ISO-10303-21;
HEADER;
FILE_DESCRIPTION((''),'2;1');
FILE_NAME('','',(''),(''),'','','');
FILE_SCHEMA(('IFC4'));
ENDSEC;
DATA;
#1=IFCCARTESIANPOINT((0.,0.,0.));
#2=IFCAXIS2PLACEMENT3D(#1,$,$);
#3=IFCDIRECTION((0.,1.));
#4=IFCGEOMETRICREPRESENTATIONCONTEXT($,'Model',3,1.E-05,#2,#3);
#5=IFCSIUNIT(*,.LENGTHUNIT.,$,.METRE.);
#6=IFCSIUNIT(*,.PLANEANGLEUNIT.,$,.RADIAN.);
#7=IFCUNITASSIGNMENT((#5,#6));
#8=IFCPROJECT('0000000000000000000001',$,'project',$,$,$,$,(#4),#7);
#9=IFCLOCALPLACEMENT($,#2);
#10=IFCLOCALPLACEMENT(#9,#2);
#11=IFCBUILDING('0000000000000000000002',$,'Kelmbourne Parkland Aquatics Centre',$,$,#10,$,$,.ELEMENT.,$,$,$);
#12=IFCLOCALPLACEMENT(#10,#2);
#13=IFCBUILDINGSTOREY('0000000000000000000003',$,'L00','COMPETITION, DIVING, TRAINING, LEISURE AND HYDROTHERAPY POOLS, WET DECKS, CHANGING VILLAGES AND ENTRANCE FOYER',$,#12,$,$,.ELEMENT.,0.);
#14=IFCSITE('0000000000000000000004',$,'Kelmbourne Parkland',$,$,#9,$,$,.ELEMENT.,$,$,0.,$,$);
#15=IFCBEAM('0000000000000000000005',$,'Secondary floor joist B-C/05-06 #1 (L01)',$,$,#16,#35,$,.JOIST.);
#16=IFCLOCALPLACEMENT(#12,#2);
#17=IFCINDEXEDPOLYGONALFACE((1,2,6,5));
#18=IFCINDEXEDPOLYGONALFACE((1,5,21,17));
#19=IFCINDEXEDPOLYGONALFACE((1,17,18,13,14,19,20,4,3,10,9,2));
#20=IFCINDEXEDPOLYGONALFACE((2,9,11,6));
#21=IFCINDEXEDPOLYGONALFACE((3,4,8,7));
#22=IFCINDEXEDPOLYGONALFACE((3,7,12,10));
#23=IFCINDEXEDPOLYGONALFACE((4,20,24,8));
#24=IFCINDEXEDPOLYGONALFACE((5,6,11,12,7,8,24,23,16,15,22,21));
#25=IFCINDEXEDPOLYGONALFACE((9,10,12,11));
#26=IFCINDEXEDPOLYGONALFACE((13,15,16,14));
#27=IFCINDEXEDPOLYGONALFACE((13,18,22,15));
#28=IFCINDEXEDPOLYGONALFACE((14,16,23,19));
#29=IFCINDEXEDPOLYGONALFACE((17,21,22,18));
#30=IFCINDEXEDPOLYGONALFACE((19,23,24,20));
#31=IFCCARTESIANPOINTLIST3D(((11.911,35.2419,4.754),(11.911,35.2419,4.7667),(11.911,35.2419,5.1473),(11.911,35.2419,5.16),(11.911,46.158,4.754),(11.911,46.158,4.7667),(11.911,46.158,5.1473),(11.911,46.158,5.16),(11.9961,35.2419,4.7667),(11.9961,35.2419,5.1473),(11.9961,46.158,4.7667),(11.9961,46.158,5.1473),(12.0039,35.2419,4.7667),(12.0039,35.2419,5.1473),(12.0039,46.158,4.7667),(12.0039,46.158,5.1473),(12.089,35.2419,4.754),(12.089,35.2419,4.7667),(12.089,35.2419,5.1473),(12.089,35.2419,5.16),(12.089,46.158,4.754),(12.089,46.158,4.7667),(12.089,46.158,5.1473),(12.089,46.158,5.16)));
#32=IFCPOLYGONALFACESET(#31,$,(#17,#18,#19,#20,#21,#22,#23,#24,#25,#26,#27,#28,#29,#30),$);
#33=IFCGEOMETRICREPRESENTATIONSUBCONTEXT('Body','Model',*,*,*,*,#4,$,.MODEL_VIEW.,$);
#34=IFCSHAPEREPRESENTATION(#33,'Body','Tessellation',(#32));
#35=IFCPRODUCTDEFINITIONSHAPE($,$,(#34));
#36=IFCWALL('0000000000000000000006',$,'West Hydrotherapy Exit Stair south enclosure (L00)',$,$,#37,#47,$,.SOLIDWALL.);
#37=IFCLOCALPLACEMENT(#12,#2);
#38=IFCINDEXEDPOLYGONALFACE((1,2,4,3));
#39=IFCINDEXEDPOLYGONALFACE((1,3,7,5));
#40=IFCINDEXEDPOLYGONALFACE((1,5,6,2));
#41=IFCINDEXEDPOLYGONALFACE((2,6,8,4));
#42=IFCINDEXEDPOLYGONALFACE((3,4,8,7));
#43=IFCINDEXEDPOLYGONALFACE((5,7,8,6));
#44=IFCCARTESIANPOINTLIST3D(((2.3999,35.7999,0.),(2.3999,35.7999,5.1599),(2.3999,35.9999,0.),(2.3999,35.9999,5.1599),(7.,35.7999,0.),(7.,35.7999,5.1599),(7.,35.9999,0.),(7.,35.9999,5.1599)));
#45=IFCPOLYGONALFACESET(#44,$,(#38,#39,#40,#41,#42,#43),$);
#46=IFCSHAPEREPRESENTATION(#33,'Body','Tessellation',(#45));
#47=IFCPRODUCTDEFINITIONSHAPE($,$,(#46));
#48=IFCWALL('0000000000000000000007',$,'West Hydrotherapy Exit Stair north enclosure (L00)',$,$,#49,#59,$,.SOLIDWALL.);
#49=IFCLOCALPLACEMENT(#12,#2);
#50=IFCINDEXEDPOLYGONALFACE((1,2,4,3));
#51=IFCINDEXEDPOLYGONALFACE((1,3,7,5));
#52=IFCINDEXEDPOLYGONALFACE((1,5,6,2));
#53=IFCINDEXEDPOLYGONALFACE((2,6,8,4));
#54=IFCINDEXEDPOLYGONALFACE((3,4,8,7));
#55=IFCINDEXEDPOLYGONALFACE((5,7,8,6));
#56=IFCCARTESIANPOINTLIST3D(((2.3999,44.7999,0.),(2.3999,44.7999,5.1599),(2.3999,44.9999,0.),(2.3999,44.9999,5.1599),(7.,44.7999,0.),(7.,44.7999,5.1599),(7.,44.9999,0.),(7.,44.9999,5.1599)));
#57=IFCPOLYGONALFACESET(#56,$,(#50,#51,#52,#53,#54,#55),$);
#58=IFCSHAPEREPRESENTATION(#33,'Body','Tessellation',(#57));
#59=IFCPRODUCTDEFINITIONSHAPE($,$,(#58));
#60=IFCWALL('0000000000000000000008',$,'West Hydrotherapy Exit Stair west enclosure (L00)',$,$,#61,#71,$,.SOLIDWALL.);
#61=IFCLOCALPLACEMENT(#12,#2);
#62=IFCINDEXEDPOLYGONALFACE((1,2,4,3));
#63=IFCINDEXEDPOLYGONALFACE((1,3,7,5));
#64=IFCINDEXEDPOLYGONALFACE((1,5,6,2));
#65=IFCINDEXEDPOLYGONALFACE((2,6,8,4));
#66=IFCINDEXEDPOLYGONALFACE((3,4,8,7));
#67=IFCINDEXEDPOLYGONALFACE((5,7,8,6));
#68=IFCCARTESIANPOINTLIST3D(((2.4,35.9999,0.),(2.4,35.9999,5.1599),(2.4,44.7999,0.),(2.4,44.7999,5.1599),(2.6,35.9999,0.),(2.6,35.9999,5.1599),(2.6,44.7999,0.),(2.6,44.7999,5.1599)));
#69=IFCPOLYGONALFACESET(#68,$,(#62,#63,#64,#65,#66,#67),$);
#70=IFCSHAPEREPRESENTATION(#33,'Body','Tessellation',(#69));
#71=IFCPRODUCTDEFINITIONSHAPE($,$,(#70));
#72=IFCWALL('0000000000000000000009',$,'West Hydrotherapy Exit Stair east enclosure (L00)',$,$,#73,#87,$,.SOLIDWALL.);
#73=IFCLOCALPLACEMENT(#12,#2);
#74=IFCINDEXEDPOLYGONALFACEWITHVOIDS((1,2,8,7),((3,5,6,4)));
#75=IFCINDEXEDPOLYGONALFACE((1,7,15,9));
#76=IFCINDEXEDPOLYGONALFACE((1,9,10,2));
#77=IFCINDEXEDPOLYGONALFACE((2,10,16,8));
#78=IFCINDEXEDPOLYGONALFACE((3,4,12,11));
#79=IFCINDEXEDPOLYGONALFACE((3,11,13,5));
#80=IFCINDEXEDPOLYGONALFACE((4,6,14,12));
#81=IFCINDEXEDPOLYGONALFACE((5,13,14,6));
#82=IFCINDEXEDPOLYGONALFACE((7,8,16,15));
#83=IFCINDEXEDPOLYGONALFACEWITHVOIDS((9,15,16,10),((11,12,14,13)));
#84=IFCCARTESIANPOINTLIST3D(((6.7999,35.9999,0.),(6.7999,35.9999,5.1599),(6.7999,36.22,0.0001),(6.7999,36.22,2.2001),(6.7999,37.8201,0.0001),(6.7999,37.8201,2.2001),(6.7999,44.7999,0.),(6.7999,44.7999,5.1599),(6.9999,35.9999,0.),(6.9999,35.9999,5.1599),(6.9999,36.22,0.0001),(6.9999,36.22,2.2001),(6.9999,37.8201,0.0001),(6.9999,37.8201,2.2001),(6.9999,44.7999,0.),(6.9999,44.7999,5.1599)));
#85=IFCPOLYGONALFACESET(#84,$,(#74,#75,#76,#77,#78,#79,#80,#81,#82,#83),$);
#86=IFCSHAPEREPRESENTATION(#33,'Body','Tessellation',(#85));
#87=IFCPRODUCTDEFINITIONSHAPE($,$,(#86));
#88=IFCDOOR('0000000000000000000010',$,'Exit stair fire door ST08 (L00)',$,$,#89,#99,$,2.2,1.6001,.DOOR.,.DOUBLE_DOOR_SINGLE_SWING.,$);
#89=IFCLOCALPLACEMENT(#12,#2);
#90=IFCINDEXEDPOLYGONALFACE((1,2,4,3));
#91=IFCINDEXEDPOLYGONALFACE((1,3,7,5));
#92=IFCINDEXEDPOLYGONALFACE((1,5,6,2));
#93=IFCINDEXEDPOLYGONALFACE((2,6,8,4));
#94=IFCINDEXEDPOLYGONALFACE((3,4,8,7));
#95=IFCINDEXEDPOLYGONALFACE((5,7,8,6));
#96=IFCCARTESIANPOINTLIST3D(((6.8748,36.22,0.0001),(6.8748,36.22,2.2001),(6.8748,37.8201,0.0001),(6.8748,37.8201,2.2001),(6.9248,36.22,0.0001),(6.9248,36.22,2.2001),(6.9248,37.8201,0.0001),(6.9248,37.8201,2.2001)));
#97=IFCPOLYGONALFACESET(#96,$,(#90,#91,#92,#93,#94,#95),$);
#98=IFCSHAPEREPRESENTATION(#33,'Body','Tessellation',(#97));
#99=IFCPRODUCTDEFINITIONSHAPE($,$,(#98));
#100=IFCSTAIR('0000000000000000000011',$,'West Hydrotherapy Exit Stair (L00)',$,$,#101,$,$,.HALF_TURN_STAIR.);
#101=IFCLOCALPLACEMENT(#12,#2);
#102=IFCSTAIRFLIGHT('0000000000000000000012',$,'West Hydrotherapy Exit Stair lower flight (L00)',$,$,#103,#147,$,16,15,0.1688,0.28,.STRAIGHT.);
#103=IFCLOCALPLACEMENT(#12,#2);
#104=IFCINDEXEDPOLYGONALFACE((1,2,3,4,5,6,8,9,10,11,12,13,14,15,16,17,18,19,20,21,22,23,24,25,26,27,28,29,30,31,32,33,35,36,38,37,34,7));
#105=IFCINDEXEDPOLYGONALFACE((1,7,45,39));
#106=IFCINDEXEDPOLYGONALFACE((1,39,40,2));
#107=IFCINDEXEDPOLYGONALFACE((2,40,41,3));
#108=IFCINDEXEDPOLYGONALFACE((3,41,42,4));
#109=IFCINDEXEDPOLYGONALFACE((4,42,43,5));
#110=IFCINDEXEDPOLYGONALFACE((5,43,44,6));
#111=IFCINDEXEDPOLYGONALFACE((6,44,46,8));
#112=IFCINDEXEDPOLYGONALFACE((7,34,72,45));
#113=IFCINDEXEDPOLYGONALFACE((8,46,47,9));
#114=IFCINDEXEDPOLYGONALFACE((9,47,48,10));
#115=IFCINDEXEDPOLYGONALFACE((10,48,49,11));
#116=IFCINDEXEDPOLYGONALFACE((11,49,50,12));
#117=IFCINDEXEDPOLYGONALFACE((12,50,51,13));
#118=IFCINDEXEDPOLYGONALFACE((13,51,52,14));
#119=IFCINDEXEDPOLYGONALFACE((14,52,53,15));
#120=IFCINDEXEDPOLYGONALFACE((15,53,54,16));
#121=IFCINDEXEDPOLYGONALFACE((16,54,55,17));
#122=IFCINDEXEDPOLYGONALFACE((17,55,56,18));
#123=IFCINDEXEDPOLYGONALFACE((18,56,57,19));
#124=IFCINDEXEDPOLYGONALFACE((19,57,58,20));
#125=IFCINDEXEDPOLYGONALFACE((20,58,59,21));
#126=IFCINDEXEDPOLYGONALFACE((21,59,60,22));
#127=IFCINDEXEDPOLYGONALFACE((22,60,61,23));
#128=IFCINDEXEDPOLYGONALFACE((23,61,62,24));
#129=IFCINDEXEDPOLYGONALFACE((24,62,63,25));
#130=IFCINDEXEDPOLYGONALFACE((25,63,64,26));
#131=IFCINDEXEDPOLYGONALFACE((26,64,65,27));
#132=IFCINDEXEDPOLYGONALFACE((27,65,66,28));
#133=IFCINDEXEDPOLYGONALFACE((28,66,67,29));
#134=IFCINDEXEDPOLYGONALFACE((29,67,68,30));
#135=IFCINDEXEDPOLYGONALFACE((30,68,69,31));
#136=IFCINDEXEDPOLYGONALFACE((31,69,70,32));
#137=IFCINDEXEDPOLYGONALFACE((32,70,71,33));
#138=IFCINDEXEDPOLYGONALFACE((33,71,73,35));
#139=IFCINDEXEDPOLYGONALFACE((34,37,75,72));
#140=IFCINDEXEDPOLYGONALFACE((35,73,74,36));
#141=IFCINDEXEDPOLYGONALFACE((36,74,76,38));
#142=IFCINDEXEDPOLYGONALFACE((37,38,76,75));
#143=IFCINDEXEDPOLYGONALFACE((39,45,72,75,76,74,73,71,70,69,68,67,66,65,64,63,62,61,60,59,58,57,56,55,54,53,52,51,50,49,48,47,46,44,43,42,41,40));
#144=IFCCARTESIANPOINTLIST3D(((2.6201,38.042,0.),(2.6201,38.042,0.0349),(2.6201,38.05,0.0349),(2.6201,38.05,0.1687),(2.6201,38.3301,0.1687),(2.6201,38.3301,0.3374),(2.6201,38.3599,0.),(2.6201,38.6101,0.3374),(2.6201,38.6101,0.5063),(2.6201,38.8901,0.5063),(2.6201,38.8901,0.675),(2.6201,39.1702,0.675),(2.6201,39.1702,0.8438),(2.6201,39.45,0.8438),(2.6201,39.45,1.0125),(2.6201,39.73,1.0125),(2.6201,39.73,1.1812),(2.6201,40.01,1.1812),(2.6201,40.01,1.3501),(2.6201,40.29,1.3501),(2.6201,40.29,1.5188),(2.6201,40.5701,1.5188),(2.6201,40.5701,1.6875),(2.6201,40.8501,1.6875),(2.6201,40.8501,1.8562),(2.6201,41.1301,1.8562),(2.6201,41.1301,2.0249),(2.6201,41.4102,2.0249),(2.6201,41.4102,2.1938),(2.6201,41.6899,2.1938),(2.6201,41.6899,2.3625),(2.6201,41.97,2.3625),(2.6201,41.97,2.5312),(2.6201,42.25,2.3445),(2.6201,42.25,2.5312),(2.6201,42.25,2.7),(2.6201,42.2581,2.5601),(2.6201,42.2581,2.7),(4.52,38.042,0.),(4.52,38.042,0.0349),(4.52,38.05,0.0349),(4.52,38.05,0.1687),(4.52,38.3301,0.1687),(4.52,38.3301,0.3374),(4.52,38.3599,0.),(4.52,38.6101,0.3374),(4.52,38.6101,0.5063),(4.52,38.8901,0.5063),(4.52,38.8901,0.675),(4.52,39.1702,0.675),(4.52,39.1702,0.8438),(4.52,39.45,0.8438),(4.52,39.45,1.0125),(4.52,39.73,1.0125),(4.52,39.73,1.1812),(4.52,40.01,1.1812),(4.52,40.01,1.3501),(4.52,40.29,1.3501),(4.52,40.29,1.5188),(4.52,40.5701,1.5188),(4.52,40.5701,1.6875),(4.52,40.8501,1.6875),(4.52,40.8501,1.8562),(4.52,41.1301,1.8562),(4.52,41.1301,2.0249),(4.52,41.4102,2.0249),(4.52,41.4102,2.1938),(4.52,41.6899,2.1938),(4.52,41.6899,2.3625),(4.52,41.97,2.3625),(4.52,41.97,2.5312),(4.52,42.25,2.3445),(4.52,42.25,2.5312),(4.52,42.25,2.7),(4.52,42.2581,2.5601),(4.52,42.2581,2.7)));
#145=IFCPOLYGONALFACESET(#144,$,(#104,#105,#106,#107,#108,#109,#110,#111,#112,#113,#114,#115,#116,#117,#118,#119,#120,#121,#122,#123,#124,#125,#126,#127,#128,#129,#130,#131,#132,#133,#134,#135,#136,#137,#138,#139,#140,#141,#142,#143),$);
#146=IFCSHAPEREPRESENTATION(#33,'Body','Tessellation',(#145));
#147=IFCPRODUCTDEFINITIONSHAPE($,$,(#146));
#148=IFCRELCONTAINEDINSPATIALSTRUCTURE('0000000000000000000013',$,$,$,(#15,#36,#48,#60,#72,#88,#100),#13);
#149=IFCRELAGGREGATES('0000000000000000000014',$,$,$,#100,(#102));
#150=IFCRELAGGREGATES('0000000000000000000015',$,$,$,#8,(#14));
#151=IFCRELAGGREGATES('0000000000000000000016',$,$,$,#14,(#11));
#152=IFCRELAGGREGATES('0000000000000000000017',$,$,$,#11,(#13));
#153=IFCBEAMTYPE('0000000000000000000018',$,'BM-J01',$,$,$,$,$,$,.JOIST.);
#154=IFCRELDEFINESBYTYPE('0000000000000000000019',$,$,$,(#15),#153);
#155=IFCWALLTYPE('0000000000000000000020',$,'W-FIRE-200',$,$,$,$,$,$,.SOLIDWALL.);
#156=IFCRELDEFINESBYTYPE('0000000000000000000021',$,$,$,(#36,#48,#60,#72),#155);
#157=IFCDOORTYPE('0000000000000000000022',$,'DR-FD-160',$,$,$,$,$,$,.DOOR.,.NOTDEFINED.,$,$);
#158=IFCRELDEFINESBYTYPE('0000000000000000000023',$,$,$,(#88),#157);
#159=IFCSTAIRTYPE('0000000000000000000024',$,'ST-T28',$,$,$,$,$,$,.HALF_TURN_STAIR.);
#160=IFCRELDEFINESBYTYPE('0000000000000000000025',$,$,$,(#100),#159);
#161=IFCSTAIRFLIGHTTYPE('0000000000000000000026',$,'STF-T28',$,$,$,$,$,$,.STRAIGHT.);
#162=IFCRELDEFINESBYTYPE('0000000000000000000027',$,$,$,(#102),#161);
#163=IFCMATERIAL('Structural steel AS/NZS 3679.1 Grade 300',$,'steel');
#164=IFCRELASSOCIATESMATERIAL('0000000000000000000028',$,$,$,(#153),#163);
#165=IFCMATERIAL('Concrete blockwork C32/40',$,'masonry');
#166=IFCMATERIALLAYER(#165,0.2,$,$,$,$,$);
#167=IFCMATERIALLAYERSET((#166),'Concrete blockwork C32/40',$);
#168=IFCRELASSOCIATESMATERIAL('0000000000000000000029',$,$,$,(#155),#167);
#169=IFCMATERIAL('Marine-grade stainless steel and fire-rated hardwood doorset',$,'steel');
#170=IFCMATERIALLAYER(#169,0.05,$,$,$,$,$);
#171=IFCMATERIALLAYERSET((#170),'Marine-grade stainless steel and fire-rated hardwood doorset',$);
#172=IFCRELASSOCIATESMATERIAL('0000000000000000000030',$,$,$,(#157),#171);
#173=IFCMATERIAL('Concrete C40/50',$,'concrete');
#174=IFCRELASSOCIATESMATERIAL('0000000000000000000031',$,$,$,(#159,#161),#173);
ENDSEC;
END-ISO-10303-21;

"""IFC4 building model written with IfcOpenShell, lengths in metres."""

from ifc_helpers import new_model, si_unit, direction, frame, frame_2d, origin, origin_2d, place, context, subcontext, project, spatial, polyline, rectangle, i_section, outline, extrude, material, layer, layer_set, material_profile, profile_set, type_object, element, fill, aggregate, save


model = new_model("IFC4")

# Units and contexts
model_context = context("Model", 3, precision=1e-05, world=origin(), true_north=direction((0.0, 1.0)))
body_context = subcontext(model_context, "Body", "Model", "MODEL_VIEW")
ifc_project = project(units=[si_unit("LENGTHUNIT", "METRE"), si_unit("PLANEANGLEUNIT", "RADIAN")], contexts=[model_context])

# Site, building, storey
site_placement = place(None, origin())
site = spatial("IfcSite", under=ifc_project, at=site_placement, Name="Kelmbourne Parkland", CompositionType="ELEMENT", RefElevation=0.0)
building_placement = place(site_placement, origin())
building = spatial("IfcBuilding", under=site, at=building_placement, Name="Kelmbourne Parkland Aquatics Centre", CompositionType="ELEMENT")
storey_placement = place(building_placement, origin())
storey = spatial("IfcBuildingStorey", under=building, at=storey_placement, Name="L00", Description="COMPETITION, DIVING, TRAINING, LEISURE AND HYDROTHERAPY POOLS, WET DECKS, CHANGING VILLAGES AND ENTRANCE FOYER", CompositionType="ELEMENT", Elevation=0.0)

# Beam
ifc_material_1 = material(Name="Concrete C40/50", Category="concrete")
ifc_material_2 = material(Name="Structural steel AS/NZS 3679.1 Grade 300", Category="steel")
ifc_material_profile_1 = material_profile(ifc_material_2, i_section(OverallWidth=0.178, OverallDepth=0.406, WebThickness=0.0078, FlangeThickness=0.0127, at=origin_2d()), Name="410UB59.7")
ifc_profile_set_1 = profile_set([ifc_material_profile_1], Name="Structural steel AS/NZS 3679.1 Grade 300")
beam_type_1 = type_object("IfcBeamType", Name="BM-J01", PredefinedType="JOIST", material=ifc_profile_set_1)
beam_1_placement = place(storey_placement, frame((12.0, 35.2419, 4.957), z_axis=(0.0, 1.0, 0.0), x_axis=(-1.0, 0.0, 0.0)))
element("IfcBeam", 1, at=beam_1_placement, inside=storey, type_object=beam_type_1, Name="Secondary floor joist B-C/05-06 #1 (L01)", PredefinedType="JOIST", context=body_context, shape_type="SweptSolid", body=[
    extrude(i_section(OverallWidth=0.178, OverallDepth=0.406, WebThickness=0.0078, FlangeThickness=0.0127, at=origin_2d()), origin(), (0.0, 0.0, 1.0), 10.916),
])

# Walls
ifc_material_3 = material(Name="Concrete blockwork C32/40", Category="masonry")
ifc_layer_1 = layer(ifc_material_3, 0.2)
ifc_layer_set_1 = layer_set([ifc_layer_1], Name="Concrete blockwork C32/40")
wall_type = type_object("IfcWallType", Name="W-FIRE-200", PredefinedType="SOLIDWALL", material=ifc_layer_set_1)
for number, where, z_axis, x_axis, name in (
    (2, (2.3999, 35.8999, 0.0), (0.0, 0.0, 1.0), (1.0, 0.0, 0.0), "West Hydrotherapy Exit Stair south enclosure (L00)"),
    (3, (2.3999, 44.8999, 0.0), (0.0, 0.0, 1.0), (1.0, 0.0, 0.0), "West Hydrotherapy Exit Stair north enclosure (L00)"),
):
    element("IfcWall", number, at=place(storey_placement, frame(where, z_axis=z_axis, x_axis=x_axis)), inside=storey, type_object=wall_type, Name=name, PredefinedType="SOLIDWALL", context=body_context, shape_type="SweptSolid", body=[
        extrude(rectangle(XDim=4.6001, YDim=0.2, at=frame_2d((2.3, 0.0))), origin(), (0.0, 0.0, 1.0), 5.1599),
    ])
wall_1_placement = place(storey_placement, frame((2.5, 36.0, 0.0), z_axis=(0.0, 0.0, 1.0), x_axis=(0.0, 1.0, 0.0)))
element("IfcWall", 4, at=wall_1_placement, inside=storey, type_object=wall_type, Name="West Hydrotherapy Exit Stair west enclosure (L00)", PredefinedType="SOLIDWALL", context=body_context, shape_type="SweptSolid", body=[
    extrude(rectangle(XDim=8.8, YDim=0.2, at=frame_2d((4.3999, 0.0))), origin(), (0.0, 0.0, 1.0), 5.1599),
])

# Wall, opening, door
wall_2_placement = place(storey_placement, frame((6.8999, 36.0, 0.0), z_axis=(0.0, 0.0, 1.0), x_axis=(0.0, 1.0, 0.0)))
wall_2 = element("IfcWall", 5, at=wall_2_placement, inside=storey, type_object=wall_type, Name="West Hydrotherapy Exit Stair east enclosure (L00)", PredefinedType="SOLIDWALL", context=body_context, shape_type="SweptSolid", body=[
    extrude(rectangle(XDim=8.8, YDim=0.2, at=frame_2d((4.3999, 0.0))), origin(), (0.0, 0.0, 1.0), 5.1599),
])
opening_placement = place(wall_2_placement, frame((0.22, 0.0, 0.0)))
opening = element("IfcOpeningElement", 6, at=opening_placement, cuts=wall_2, PredefinedType="OPENING", context=body_context, shape_type="SweptSolid", body=[
    extrude(rectangle(XDim=1.6001, YDim=2.2, at=frame_2d((0.8, 1.1001))), frame((0.0, 0.1118, 0.0), z_axis=(0.0, -1.0, 0.0), x_axis=(1.0, 0.0, 0.0)), (0.0, 0.0, 1.0), 0.2239),
])
ifc_material_4 = material(Name="Marine-grade stainless steel and fire-rated hardwood doorset", Category="steel")
ifc_layer_2 = layer(ifc_material_4, 0.05)
ifc_layer_set_2 = layer_set([ifc_layer_2], Name="Marine-grade stainless steel and fire-rated hardwood doorset")
door_type = type_object("IfcDoorType", Name="DR-FD-160", OperationType="NOTDEFINED", PredefinedType="DOOR", material=ifc_layer_set_2)
door_placement = place(opening_placement, frame((1.6001, 0.0, 0.0), z_axis=(0.0, 0.0, 1.0), x_axis=(-1.0, 0.0, 0.0)))
door = element("IfcDoor", 7, at=door_placement, inside=storey, type_object=door_type, Name="Exit stair fire door ST08 (L00)", OperationType="DOUBLE_DOOR_SINGLE_SWING", OverallHeight=2.2, OverallWidth=1.6001, PredefinedType="DOOR", context=body_context, shape_type="SweptSolid", body=[
    extrude(rectangle(XDim=1.6001, YDim=2.2, at=frame_2d((0.8, 1.1001))), frame((0.0, 0.0249, 0.0), z_axis=(0.0, -1.0, 0.0), x_axis=(1.0, 0.0, 0.0)), (0.0, 0.0, 1.0), 0.05),
])
fill(opening, door)

# Stair, stair flight
stair_type = type_object("IfcStairType", Name="ST-T28", PredefinedType="HALF_TURN_STAIR", material=ifc_material_1)
stair_placement = place(storey_placement, origin())
stair = element("IfcStair", 8, at=stair_placement, inside=storey, type_object=stair_type, Name="West Hydrotherapy Exit Stair (L00)", PredefinedType="HALF_TURN_STAIR")
stair_flight_type = type_object("IfcStairFlightType", Name="STF-T28", PredefinedType="STRAIGHT", material=ifc_material_1)
stair_flight_1_placement = place(storey_placement, frame((3.5701, 38.05, 0.0), z_axis=(0.0, 0.0, 1.0), x_axis=(0.0, 1.0, 0.0)))
stair_flight_1 = element("IfcStairFlight", 9, at=stair_flight_1_placement, type_object=stair_flight_type, Name="West Hydrotherapy Exit Stair lower flight (L00)", NumberOfRisers=16, NumberOfTreads=15, PredefinedType="STRAIGHT", RiserHeight=0.1688, TreadLength=0.28, context=body_context, shape_type="SweptSolid", body=[
    extrude(outline(polyline([(-0.0081, 0.0), (-0.0081, 0.0349), (0.0, 0.0349), (0.0, 0.1687), (0.28, 0.1687), (0.28, 0.3374), (0.5601, 0.3374), (0.5601, 0.5063), (0.8401, 0.5063), (0.8401, 0.675), (1.1201, 0.675), (1.1201, 0.8438), (1.3999, 0.8438), (1.3999, 1.0125), (1.6799, 1.0125), (1.6799, 1.1812), (1.96, 1.1812), (1.96, 1.3501), (2.24, 1.3501), (2.24, 1.5188), (2.52, 1.5188), (2.52, 1.6875), (2.8, 1.6875), (2.8, 1.8562), (3.0801, 1.8562), (3.0801, 2.0249), (3.3601, 2.0249), (3.3601, 2.1938), (3.6399, 2.1938), (3.6399, 2.3625), (3.9199, 2.3625), (3.9199, 2.5312), (4.2, 2.5312), (4.2, 2.7), (4.208, 2.7), (4.208, 2.5601), (4.2, 2.3445), (0.3098, 0.0), (-0.0081, 0.0)])), frame((0.0, 0.95, 0.0), z_axis=(0.0, -1.0, 0.0), x_axis=(1.0, 0.0, 0.0)), (0.0, 0.0, 1.0), 1.8999),
])
aggregate(stair, [stair_flight_1])

save(model, "model.ifc")
